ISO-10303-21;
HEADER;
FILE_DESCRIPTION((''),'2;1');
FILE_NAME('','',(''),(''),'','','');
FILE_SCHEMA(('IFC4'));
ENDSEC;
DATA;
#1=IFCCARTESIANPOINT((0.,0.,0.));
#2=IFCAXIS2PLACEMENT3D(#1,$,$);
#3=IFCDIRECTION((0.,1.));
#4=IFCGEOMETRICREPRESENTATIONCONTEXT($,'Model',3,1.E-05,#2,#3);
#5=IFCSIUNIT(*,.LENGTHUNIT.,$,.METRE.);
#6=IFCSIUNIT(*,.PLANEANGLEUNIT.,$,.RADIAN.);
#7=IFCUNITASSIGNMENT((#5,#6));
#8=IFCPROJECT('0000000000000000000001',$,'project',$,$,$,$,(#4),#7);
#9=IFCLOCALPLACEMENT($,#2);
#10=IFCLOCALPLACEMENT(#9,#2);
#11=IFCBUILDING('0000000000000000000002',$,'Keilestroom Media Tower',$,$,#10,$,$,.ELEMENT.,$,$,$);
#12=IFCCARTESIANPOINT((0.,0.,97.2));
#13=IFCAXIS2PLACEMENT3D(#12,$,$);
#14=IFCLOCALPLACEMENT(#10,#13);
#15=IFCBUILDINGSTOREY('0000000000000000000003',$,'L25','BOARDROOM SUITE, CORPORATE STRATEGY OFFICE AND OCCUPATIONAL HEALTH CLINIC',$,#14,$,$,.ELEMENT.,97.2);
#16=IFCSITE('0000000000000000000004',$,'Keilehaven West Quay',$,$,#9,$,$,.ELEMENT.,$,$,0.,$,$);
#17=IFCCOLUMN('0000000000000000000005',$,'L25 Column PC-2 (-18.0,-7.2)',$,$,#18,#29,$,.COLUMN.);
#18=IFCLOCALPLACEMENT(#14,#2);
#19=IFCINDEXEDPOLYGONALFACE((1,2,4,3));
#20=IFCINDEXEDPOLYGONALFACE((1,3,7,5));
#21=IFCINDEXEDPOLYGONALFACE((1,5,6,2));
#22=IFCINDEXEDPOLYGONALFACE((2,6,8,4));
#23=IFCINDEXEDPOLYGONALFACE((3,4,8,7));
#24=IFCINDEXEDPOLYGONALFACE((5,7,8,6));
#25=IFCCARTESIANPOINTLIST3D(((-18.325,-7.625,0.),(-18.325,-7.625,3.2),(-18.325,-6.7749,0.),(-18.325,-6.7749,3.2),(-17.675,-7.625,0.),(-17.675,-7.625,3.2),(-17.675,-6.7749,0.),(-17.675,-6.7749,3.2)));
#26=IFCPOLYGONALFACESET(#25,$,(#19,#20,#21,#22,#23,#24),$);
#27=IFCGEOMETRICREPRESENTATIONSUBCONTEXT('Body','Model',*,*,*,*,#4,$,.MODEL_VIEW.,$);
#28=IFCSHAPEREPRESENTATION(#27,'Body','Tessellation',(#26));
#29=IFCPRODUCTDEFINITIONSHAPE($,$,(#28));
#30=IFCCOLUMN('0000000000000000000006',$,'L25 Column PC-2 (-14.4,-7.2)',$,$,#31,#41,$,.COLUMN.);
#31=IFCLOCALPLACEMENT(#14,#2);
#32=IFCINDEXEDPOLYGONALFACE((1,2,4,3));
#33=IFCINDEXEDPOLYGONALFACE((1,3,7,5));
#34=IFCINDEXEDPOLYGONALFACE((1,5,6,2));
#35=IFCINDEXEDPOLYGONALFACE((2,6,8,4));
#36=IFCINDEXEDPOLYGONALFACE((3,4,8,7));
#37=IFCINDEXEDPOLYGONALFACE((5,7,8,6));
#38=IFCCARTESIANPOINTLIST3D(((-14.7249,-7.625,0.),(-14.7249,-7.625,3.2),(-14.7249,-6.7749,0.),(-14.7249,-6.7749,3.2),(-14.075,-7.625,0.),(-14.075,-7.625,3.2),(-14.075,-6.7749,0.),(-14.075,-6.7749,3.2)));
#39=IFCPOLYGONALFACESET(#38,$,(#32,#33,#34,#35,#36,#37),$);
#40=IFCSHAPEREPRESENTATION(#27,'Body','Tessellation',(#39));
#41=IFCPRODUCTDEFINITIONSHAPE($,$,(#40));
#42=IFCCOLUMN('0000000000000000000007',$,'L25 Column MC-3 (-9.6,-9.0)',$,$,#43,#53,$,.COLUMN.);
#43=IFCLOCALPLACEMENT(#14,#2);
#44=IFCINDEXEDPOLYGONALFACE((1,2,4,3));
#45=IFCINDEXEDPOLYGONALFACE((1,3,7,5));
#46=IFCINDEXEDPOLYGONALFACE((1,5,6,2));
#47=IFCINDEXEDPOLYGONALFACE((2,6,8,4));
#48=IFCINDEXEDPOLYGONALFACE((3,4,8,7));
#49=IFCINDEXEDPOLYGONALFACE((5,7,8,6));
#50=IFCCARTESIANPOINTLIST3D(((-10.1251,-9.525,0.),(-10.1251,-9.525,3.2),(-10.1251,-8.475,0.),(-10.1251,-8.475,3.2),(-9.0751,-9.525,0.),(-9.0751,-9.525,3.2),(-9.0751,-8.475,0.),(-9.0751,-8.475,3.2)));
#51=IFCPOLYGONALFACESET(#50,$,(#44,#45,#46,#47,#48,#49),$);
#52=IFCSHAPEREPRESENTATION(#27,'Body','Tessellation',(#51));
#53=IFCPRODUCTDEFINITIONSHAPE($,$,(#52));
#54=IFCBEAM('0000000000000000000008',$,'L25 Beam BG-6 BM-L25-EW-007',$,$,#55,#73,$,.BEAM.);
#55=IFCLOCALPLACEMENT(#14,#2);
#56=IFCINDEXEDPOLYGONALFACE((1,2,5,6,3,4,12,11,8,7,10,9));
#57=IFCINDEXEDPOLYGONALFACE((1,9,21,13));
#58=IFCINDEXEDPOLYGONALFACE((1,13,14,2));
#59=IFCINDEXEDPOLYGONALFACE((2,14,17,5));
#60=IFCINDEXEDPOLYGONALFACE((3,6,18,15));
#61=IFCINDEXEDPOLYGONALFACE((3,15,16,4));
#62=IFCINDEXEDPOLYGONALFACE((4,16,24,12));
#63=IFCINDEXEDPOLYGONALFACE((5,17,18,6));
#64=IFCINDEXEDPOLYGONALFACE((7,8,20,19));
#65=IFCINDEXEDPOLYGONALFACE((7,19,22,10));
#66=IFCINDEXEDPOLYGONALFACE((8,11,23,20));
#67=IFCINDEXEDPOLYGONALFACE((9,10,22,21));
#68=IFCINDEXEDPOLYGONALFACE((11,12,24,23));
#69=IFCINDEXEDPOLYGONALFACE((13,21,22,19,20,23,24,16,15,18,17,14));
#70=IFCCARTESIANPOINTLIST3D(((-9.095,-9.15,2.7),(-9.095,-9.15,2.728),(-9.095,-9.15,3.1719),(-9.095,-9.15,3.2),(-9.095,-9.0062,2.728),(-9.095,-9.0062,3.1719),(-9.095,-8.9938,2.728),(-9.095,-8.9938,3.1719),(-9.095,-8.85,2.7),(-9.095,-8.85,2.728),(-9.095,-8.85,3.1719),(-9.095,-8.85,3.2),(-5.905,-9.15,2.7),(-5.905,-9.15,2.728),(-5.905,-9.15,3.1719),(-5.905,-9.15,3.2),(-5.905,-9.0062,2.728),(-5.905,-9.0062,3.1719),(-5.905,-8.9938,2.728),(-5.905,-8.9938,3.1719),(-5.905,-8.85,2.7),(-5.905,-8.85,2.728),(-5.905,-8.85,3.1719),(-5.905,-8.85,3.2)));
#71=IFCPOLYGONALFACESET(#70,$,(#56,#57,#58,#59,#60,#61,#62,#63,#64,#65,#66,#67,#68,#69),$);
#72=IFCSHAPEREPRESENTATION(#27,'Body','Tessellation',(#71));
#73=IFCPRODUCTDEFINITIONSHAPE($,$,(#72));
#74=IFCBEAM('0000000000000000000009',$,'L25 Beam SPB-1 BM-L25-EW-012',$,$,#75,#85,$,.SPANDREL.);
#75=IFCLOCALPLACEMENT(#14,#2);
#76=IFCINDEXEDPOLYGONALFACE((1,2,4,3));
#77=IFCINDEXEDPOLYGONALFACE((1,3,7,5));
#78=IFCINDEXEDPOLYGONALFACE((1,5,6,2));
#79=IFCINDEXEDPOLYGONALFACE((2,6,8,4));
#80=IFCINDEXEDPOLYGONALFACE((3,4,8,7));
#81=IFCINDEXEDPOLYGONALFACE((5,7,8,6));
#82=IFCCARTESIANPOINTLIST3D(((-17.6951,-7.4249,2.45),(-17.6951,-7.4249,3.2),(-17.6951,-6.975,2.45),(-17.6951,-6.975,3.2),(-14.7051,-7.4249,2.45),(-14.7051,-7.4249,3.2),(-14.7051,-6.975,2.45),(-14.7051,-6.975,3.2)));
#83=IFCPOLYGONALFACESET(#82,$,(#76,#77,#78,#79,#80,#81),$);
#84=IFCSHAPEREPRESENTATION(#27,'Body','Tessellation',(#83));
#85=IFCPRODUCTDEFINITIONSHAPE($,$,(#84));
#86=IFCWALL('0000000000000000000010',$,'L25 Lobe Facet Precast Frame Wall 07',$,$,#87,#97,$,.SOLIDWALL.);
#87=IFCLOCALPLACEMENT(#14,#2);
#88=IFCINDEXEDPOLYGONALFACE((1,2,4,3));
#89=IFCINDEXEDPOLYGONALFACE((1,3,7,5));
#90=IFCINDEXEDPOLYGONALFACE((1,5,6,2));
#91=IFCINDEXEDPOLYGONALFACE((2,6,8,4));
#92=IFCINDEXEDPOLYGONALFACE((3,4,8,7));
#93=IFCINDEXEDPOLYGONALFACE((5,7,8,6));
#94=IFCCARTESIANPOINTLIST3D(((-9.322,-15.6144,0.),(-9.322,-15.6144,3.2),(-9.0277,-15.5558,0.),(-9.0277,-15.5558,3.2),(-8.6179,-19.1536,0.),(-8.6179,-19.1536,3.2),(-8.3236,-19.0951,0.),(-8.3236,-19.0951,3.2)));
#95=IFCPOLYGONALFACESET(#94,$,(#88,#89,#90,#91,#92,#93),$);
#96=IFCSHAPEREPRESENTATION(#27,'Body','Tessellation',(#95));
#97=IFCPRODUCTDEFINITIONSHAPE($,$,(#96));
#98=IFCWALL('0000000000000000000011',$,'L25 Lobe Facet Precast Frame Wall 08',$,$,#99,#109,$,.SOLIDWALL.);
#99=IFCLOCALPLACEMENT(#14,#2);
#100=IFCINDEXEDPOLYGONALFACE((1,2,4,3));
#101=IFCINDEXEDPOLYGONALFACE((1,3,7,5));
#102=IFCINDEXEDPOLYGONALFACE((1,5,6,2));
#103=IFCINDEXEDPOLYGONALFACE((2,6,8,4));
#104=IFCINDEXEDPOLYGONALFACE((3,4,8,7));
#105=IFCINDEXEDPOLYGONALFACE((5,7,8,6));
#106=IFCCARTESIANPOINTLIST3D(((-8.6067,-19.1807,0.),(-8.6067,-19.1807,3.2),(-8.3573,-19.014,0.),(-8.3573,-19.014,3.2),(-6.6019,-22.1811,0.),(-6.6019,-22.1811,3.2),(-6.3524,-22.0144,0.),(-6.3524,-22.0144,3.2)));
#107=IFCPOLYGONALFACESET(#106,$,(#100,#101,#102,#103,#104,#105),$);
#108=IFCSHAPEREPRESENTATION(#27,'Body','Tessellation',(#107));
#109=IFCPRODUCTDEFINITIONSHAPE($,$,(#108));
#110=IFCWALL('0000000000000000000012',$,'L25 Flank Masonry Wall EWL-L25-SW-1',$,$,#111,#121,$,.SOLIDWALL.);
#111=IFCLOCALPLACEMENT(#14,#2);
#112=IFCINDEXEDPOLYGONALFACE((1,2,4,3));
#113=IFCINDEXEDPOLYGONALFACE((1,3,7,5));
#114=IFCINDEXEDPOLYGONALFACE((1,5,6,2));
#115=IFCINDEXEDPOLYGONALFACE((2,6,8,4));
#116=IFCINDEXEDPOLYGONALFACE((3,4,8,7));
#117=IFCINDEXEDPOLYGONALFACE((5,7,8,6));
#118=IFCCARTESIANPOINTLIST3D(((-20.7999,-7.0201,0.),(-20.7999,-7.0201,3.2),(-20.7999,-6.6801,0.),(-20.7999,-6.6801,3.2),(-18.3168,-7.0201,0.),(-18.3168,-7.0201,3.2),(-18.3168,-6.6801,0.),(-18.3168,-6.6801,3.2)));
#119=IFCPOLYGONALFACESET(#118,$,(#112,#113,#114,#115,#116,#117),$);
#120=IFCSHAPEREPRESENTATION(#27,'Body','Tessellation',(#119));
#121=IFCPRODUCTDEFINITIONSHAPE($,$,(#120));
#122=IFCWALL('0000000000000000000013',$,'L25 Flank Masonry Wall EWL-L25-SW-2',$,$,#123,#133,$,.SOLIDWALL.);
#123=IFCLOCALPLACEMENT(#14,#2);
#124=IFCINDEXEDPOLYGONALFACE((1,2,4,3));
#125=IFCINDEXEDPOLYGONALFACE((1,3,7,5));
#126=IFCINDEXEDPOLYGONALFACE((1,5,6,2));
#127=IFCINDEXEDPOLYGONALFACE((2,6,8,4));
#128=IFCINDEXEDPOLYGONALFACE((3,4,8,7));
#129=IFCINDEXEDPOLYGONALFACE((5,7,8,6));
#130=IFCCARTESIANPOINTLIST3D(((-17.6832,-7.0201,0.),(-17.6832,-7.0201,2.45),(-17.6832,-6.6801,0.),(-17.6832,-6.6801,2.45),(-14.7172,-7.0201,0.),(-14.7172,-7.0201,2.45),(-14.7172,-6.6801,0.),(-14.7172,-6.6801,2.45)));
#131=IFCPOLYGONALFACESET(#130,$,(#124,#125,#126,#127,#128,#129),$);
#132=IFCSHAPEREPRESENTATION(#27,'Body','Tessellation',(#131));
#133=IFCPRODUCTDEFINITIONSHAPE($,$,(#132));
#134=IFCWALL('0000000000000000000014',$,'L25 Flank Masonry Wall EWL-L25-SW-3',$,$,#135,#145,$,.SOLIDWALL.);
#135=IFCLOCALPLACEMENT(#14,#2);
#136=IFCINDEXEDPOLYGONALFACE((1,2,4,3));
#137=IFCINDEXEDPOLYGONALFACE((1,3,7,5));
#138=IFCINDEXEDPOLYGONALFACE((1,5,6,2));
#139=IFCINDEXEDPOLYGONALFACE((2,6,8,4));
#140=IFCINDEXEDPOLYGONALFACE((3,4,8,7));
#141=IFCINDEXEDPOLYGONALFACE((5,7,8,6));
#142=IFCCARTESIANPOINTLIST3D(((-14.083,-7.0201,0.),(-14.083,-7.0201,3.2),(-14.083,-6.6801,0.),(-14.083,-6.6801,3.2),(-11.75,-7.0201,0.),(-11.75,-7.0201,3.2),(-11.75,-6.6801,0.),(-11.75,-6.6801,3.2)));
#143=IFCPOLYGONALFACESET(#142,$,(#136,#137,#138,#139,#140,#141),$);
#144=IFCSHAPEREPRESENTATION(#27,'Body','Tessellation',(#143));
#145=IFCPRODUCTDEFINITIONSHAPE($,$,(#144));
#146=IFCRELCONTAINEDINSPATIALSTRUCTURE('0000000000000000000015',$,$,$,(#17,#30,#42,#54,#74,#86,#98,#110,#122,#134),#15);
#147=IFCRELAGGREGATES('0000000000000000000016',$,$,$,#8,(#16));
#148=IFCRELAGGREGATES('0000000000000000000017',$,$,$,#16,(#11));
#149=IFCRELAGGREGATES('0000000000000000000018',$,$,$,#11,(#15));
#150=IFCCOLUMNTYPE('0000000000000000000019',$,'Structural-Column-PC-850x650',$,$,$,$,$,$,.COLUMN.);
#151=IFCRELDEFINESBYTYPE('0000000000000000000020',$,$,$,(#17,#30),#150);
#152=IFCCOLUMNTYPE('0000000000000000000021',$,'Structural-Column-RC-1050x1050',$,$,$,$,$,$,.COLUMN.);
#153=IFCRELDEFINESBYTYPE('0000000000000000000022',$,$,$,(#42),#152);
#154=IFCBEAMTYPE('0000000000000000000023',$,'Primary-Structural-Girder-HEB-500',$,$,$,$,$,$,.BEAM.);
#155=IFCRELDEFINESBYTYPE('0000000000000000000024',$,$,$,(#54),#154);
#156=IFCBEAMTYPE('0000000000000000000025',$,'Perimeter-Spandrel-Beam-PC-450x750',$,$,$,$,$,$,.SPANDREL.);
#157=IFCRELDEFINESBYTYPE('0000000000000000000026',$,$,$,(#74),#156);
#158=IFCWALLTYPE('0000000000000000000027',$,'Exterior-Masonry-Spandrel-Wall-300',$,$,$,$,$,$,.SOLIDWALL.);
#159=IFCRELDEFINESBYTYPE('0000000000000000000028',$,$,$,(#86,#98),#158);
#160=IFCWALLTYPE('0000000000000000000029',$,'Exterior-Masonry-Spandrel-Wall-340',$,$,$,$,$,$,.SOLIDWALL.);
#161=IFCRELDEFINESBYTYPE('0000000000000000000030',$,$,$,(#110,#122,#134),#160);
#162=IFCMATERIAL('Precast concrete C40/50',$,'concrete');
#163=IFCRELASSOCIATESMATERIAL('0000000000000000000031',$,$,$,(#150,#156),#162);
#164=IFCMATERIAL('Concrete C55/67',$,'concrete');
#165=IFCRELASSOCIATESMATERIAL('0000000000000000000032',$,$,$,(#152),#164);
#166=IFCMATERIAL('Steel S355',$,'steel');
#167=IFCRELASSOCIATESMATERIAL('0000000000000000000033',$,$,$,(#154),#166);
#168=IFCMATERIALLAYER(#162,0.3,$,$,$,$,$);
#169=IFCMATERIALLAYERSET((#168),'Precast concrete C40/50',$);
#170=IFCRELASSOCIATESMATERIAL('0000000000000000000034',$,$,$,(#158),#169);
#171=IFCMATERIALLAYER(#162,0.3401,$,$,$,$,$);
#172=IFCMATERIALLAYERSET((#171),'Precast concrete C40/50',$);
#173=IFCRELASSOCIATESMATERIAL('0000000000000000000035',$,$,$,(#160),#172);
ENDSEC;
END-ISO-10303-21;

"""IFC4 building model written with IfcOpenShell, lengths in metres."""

from ifc_helpers import new_model, si_unit, direction, frame, frame_2d, origin, origin_2d, place, context, subcontext, project, spatial, rectangle, i_section, extrude, source, transform, mapped, material, layer, layer_set, material_profile, profile_set, type_object, element, save


model = new_model("IFC4")

# Units and contexts
model_context = context("Model", 3, precision=1e-05, world=origin(), true_north=direction((0.0, 1.0)))
body_context = subcontext(model_context, "Body", "Model", "MODEL_VIEW")
ifc_project = project(units=[si_unit("LENGTHUNIT", "METRE"), si_unit("PLANEANGLEUNIT", "RADIAN")], contexts=[model_context])

# Site, building, storey
site_placement = place(None, origin())
site = spatial("IfcSite", under=ifc_project, at=site_placement, Name="Keilehaven West Quay", CompositionType="ELEMENT", RefElevation=0.0)
building_placement = place(site_placement, origin())
building = spatial("IfcBuilding", under=site, at=building_placement, Name="Keilestroom Media Tower", CompositionType="ELEMENT")
storey_placement = place(building_placement, frame((0.0, 0.0, 97.2)))
storey = spatial("IfcBuildingStorey", under=building, at=storey_placement, Name="L25", Description="BOARDROOM SUITE, CORPORATE STRATEGY OFFICE AND OCCUPATIONAL HEALTH CLINIC", CompositionType="ELEMENT", Elevation=97.2)

# Columns
ifc_material_1 = material(Name="Precast concrete C40/50", Category="concrete")
ifc_material_profile_1 = material_profile(ifc_material_1, rectangle(XDim=0.6499, YDim=0.8501, at=origin_2d()), Name="PC 850x650")
ifc_profile_set_1 = profile_set([ifc_material_profile_1], Name="Precast concrete C40/50")
column_type_1 = type_object("IfcColumnType", Name="Structural-Column-PC-850x650", PredefinedType="COLUMN", material=ifc_profile_set_1)
shared_shape_1 = source(origin(), body_context, "Body", "SweptSolid", [
    extrude(rectangle(XDim=0.6499, YDim=0.8501, at=origin_2d()), origin(), (0.0, 0.0, 1.0), 3.2),
])
for number, where, z_axis, x_axis, name in (
    (1, (-18.0, -7.2, 0.0), (0.0, 0.0, 1.0), (1.0, 0.0, 0.0), "L25 Column PC-2 (-18.0,-7.2)"),
    (2, (-14.3999, -7.2, 0.0), (0.0, 0.0, 1.0), (1.0, 0.0, 0.0), "L25 Column PC-2 (-14.4,-7.2)"),
):
    element("IfcColumn", number, at=place(storey_placement, frame(where, z_axis=z_axis, x_axis=x_axis)), inside=storey, type_object=column_type_1, Name=name, PredefinedType="COLUMN", context=body_context, shape_type="MappedRepresentation", body=[
        mapped(shared_shape_1, transform((0.0, 0.0, 0.0), x_axis=(1.0, 0.0, 0.0), y_axis=(0.0, 1.0, 0.0), z_axis=(0.0, 0.0, 1.0), scale=1.0)),
    ])
ifc_material_2 = material(Name="Concrete C55/67", Category="concrete")
ifc_material_profile_2 = material_profile(ifc_material_2, rectangle(XDim=1.05, YDim=1.05, at=origin_2d()), Name="RC 1050x1050")
ifc_profile_set_2 = profile_set([ifc_material_profile_2], Name="Concrete C55/67")
column_type_2 = type_object("IfcColumnType", Name="Structural-Column-RC-1050x1050", PredefinedType="COLUMN", material=ifc_profile_set_2)
shared_shape_2 = source(origin(), body_context, "Body", "SweptSolid", [
    extrude(rectangle(XDim=1.05, YDim=1.05, at=origin_2d()), origin(), (0.0, 0.0, 1.0), 3.2),
])
column_placement = place(storey_placement, frame((-9.6001, -9.0, 0.0), z_axis=(0.0, 0.0, 1.0), x_axis=(1.0, 0.0, 0.0)))
element("IfcColumn", 3, at=column_placement, inside=storey, type_object=column_type_2, Name="L25 Column MC-3 (-9.6,-9.0)", PredefinedType="COLUMN", context=body_context, shape_type="MappedRepresentation", body=[
    mapped(shared_shape_2, transform((0.0, 0.0, 0.0), x_axis=(1.0, 0.0, 0.0), y_axis=(0.0, 1.0, 0.0), z_axis=(0.0, 0.0, 1.0), scale=1.0)),
])

# Beams
ifc_material_3 = material(Name="Steel S355", Category="steel")
ifc_material_profile_3 = material_profile(ifc_material_3, i_section(OverallWidth=0.3, OverallDepth=0.5, WebThickness=0.0125, FlangeThickness=0.0281, at=origin_2d()), Name="HEB 500")
ifc_profile_set_3 = profile_set([ifc_material_profile_3], Name="Steel S355")
beam_type_1 = type_object("IfcBeamType", Name="Primary-Structural-Girder-HEB-500", PredefinedType="BEAM", material=ifc_profile_set_3)
shared_shape_3 = source(origin(), body_context, "Body", "SweptSolid", [
    extrude(i_section(OverallWidth=0.3, OverallDepth=0.5, WebThickness=0.0125, FlangeThickness=0.0281, at=origin_2d()), origin(), (0.0, 0.0, 1.0), 3.1899),
])
beam_1_placement = place(storey_placement, frame((-9.095, -9.0, 2.95), z_axis=(1.0, 0.0, 0.0), x_axis=(0.0, 1.0, 0.0)))
element("IfcBeam", 4, at=beam_1_placement, inside=storey, type_object=beam_type_1, Name="L25 Beam BG-6 BM-L25-EW-007", PredefinedType="BEAM", context=body_context, shape_type="MappedRepresentation", body=[
    mapped(shared_shape_3, transform((0.0, 0.0, 0.0), x_axis=(1.0, 0.0, 0.0), y_axis=(0.0, 1.0, 0.0), z_axis=(0.0, 0.0, 1.0), scale=1.0)),
])
ifc_material_profile_4 = material_profile(ifc_material_1, rectangle(XDim=0.45, YDim=0.75, at=origin_2d()), Name="PC 450x750")
ifc_profile_set_4 = profile_set([ifc_material_profile_4], Name="Precast concrete C40/50")
beam_type_2 = type_object("IfcBeamType", Name="Perimeter-Spandrel-Beam-PC-450x750", PredefinedType="SPANDREL", material=ifc_profile_set_4)
shared_shape_4 = source(origin(), body_context, "Body", "SweptSolid", [
    extrude(rectangle(XDim=0.45, YDim=0.75, at=origin_2d()), origin(), (0.0, 0.0, 1.0), 2.99),
])
beam_2_placement = place(storey_placement, frame((-17.6951, -7.2, 2.825), z_axis=(1.0, 0.0, 0.0), x_axis=(0.0, 1.0, 0.0)))
element("IfcBeam", 5, at=beam_2_placement, inside=storey, type_object=beam_type_2, Name="L25 Beam SPB-1 BM-L25-EW-012", PredefinedType="SPANDREL", context=body_context, shape_type="MappedRepresentation", body=[
    mapped(shared_shape_4, transform((0.0, 0.0, 0.0), x_axis=(1.0, 0.0, 0.0), y_axis=(0.0, 1.0, 0.0), z_axis=(0.0, 0.0, 1.0), scale=1.0)),
])

# Walls
ifc_layer_1 = layer(ifc_material_1, 0.3)
ifc_layer_set_1 = layer_set([ifc_layer_1], Name="Precast concrete C40/50")
wall_type_1 = type_object("IfcWallType", Name="Exterior-Masonry-Spandrel-Wall-300", PredefinedType="SOLIDWALL", material=ifc_layer_set_1)
for number, where, z_axis, x_axis, name in (
    (6, (-9.1748, -15.5852, 0.0), (0.0, 0.0, 1.0), (0.195114, -0.980781, 0.0), "L25 Lobe Facet Precast Frame Wall 07"),
    (7, (-8.4819, -19.0974, 0.0), (0.0, 0.0, 1.0), (0.555574, -0.831467, 0.0), "L25 Lobe Facet Precast Frame Wall 08"),
):
    element("IfcWall", number, at=place(storey_placement, frame(where, z_axis=z_axis, x_axis=x_axis)), inside=storey, type_object=wall_type_1, Name=name, PredefinedType="SOLIDWALL", context=body_context, shape_type="SweptSolid", body=[
        extrude(rectangle(XDim=3.6086, YDim=0.3, at=frame_2d((1.8042, 0.0))), origin(), (0.0, 0.0, 1.0), 3.2),
    ])
ifc_layer_2 = layer(ifc_material_1, 0.3401)
ifc_layer_set_2 = layer_set([ifc_layer_2], Name="Precast concrete C40/50")
wall_type_2 = type_object("IfcWallType", Name="Exterior-Masonry-Spandrel-Wall-340", PredefinedType="SOLIDWALL", material=ifc_layer_set_2)
wall_1_placement = place(storey_placement, frame((-20.8, -6.8501, 0.0), z_axis=(0.0, 0.0, 1.0), x_axis=(1.0, 0.0, 0.0)))
element("IfcWall", 8, at=wall_1_placement, inside=storey, type_object=wall_type_2, Name="L25 Flank Masonry Wall EWL-L25-SW-1", PredefinedType="SOLIDWALL", context=body_context, shape_type="SweptSolid", body=[
    extrude(rectangle(XDim=2.4832, YDim=0.3401, at=frame_2d((1.2417, 0.0))), origin(), (0.0, 0.0, 1.0), 3.2),
])
wall_2_placement = place(storey_placement, frame((-17.6831, -6.8501, 0.0), z_axis=(0.0, 0.0, 1.0), x_axis=(1.0, 0.0, 0.0)))
element("IfcWall", 9, at=wall_2_placement, inside=storey, type_object=wall_type_2, Name="L25 Flank Masonry Wall EWL-L25-SW-2", PredefinedType="SOLIDWALL", context=body_context, shape_type="SweptSolid", body=[
    extrude(rectangle(XDim=2.9661, YDim=0.3401, at=frame_2d((1.4829, 0.0))), origin(), (0.0, 0.0, 1.0), 2.45),
])
wall_3_placement = place(storey_placement, frame((-14.083, -6.8501, 0.0), z_axis=(0.0, 0.0, 1.0), x_axis=(1.0, 0.0, 0.0)))
element("IfcWall", 10, at=wall_3_placement, inside=storey, type_object=wall_type_2, Name="L25 Flank Masonry Wall EWL-L25-SW-3", PredefinedType="SOLIDWALL", context=body_context, shape_type="SweptSolid", body=[
    extrude(rectangle(XDim=2.333, YDim=0.3401, at=frame_2d((1.1665, 0.0))), origin(), (0.0, 0.0, 1.0), 3.2),
])

save(model, "model.ifc")
